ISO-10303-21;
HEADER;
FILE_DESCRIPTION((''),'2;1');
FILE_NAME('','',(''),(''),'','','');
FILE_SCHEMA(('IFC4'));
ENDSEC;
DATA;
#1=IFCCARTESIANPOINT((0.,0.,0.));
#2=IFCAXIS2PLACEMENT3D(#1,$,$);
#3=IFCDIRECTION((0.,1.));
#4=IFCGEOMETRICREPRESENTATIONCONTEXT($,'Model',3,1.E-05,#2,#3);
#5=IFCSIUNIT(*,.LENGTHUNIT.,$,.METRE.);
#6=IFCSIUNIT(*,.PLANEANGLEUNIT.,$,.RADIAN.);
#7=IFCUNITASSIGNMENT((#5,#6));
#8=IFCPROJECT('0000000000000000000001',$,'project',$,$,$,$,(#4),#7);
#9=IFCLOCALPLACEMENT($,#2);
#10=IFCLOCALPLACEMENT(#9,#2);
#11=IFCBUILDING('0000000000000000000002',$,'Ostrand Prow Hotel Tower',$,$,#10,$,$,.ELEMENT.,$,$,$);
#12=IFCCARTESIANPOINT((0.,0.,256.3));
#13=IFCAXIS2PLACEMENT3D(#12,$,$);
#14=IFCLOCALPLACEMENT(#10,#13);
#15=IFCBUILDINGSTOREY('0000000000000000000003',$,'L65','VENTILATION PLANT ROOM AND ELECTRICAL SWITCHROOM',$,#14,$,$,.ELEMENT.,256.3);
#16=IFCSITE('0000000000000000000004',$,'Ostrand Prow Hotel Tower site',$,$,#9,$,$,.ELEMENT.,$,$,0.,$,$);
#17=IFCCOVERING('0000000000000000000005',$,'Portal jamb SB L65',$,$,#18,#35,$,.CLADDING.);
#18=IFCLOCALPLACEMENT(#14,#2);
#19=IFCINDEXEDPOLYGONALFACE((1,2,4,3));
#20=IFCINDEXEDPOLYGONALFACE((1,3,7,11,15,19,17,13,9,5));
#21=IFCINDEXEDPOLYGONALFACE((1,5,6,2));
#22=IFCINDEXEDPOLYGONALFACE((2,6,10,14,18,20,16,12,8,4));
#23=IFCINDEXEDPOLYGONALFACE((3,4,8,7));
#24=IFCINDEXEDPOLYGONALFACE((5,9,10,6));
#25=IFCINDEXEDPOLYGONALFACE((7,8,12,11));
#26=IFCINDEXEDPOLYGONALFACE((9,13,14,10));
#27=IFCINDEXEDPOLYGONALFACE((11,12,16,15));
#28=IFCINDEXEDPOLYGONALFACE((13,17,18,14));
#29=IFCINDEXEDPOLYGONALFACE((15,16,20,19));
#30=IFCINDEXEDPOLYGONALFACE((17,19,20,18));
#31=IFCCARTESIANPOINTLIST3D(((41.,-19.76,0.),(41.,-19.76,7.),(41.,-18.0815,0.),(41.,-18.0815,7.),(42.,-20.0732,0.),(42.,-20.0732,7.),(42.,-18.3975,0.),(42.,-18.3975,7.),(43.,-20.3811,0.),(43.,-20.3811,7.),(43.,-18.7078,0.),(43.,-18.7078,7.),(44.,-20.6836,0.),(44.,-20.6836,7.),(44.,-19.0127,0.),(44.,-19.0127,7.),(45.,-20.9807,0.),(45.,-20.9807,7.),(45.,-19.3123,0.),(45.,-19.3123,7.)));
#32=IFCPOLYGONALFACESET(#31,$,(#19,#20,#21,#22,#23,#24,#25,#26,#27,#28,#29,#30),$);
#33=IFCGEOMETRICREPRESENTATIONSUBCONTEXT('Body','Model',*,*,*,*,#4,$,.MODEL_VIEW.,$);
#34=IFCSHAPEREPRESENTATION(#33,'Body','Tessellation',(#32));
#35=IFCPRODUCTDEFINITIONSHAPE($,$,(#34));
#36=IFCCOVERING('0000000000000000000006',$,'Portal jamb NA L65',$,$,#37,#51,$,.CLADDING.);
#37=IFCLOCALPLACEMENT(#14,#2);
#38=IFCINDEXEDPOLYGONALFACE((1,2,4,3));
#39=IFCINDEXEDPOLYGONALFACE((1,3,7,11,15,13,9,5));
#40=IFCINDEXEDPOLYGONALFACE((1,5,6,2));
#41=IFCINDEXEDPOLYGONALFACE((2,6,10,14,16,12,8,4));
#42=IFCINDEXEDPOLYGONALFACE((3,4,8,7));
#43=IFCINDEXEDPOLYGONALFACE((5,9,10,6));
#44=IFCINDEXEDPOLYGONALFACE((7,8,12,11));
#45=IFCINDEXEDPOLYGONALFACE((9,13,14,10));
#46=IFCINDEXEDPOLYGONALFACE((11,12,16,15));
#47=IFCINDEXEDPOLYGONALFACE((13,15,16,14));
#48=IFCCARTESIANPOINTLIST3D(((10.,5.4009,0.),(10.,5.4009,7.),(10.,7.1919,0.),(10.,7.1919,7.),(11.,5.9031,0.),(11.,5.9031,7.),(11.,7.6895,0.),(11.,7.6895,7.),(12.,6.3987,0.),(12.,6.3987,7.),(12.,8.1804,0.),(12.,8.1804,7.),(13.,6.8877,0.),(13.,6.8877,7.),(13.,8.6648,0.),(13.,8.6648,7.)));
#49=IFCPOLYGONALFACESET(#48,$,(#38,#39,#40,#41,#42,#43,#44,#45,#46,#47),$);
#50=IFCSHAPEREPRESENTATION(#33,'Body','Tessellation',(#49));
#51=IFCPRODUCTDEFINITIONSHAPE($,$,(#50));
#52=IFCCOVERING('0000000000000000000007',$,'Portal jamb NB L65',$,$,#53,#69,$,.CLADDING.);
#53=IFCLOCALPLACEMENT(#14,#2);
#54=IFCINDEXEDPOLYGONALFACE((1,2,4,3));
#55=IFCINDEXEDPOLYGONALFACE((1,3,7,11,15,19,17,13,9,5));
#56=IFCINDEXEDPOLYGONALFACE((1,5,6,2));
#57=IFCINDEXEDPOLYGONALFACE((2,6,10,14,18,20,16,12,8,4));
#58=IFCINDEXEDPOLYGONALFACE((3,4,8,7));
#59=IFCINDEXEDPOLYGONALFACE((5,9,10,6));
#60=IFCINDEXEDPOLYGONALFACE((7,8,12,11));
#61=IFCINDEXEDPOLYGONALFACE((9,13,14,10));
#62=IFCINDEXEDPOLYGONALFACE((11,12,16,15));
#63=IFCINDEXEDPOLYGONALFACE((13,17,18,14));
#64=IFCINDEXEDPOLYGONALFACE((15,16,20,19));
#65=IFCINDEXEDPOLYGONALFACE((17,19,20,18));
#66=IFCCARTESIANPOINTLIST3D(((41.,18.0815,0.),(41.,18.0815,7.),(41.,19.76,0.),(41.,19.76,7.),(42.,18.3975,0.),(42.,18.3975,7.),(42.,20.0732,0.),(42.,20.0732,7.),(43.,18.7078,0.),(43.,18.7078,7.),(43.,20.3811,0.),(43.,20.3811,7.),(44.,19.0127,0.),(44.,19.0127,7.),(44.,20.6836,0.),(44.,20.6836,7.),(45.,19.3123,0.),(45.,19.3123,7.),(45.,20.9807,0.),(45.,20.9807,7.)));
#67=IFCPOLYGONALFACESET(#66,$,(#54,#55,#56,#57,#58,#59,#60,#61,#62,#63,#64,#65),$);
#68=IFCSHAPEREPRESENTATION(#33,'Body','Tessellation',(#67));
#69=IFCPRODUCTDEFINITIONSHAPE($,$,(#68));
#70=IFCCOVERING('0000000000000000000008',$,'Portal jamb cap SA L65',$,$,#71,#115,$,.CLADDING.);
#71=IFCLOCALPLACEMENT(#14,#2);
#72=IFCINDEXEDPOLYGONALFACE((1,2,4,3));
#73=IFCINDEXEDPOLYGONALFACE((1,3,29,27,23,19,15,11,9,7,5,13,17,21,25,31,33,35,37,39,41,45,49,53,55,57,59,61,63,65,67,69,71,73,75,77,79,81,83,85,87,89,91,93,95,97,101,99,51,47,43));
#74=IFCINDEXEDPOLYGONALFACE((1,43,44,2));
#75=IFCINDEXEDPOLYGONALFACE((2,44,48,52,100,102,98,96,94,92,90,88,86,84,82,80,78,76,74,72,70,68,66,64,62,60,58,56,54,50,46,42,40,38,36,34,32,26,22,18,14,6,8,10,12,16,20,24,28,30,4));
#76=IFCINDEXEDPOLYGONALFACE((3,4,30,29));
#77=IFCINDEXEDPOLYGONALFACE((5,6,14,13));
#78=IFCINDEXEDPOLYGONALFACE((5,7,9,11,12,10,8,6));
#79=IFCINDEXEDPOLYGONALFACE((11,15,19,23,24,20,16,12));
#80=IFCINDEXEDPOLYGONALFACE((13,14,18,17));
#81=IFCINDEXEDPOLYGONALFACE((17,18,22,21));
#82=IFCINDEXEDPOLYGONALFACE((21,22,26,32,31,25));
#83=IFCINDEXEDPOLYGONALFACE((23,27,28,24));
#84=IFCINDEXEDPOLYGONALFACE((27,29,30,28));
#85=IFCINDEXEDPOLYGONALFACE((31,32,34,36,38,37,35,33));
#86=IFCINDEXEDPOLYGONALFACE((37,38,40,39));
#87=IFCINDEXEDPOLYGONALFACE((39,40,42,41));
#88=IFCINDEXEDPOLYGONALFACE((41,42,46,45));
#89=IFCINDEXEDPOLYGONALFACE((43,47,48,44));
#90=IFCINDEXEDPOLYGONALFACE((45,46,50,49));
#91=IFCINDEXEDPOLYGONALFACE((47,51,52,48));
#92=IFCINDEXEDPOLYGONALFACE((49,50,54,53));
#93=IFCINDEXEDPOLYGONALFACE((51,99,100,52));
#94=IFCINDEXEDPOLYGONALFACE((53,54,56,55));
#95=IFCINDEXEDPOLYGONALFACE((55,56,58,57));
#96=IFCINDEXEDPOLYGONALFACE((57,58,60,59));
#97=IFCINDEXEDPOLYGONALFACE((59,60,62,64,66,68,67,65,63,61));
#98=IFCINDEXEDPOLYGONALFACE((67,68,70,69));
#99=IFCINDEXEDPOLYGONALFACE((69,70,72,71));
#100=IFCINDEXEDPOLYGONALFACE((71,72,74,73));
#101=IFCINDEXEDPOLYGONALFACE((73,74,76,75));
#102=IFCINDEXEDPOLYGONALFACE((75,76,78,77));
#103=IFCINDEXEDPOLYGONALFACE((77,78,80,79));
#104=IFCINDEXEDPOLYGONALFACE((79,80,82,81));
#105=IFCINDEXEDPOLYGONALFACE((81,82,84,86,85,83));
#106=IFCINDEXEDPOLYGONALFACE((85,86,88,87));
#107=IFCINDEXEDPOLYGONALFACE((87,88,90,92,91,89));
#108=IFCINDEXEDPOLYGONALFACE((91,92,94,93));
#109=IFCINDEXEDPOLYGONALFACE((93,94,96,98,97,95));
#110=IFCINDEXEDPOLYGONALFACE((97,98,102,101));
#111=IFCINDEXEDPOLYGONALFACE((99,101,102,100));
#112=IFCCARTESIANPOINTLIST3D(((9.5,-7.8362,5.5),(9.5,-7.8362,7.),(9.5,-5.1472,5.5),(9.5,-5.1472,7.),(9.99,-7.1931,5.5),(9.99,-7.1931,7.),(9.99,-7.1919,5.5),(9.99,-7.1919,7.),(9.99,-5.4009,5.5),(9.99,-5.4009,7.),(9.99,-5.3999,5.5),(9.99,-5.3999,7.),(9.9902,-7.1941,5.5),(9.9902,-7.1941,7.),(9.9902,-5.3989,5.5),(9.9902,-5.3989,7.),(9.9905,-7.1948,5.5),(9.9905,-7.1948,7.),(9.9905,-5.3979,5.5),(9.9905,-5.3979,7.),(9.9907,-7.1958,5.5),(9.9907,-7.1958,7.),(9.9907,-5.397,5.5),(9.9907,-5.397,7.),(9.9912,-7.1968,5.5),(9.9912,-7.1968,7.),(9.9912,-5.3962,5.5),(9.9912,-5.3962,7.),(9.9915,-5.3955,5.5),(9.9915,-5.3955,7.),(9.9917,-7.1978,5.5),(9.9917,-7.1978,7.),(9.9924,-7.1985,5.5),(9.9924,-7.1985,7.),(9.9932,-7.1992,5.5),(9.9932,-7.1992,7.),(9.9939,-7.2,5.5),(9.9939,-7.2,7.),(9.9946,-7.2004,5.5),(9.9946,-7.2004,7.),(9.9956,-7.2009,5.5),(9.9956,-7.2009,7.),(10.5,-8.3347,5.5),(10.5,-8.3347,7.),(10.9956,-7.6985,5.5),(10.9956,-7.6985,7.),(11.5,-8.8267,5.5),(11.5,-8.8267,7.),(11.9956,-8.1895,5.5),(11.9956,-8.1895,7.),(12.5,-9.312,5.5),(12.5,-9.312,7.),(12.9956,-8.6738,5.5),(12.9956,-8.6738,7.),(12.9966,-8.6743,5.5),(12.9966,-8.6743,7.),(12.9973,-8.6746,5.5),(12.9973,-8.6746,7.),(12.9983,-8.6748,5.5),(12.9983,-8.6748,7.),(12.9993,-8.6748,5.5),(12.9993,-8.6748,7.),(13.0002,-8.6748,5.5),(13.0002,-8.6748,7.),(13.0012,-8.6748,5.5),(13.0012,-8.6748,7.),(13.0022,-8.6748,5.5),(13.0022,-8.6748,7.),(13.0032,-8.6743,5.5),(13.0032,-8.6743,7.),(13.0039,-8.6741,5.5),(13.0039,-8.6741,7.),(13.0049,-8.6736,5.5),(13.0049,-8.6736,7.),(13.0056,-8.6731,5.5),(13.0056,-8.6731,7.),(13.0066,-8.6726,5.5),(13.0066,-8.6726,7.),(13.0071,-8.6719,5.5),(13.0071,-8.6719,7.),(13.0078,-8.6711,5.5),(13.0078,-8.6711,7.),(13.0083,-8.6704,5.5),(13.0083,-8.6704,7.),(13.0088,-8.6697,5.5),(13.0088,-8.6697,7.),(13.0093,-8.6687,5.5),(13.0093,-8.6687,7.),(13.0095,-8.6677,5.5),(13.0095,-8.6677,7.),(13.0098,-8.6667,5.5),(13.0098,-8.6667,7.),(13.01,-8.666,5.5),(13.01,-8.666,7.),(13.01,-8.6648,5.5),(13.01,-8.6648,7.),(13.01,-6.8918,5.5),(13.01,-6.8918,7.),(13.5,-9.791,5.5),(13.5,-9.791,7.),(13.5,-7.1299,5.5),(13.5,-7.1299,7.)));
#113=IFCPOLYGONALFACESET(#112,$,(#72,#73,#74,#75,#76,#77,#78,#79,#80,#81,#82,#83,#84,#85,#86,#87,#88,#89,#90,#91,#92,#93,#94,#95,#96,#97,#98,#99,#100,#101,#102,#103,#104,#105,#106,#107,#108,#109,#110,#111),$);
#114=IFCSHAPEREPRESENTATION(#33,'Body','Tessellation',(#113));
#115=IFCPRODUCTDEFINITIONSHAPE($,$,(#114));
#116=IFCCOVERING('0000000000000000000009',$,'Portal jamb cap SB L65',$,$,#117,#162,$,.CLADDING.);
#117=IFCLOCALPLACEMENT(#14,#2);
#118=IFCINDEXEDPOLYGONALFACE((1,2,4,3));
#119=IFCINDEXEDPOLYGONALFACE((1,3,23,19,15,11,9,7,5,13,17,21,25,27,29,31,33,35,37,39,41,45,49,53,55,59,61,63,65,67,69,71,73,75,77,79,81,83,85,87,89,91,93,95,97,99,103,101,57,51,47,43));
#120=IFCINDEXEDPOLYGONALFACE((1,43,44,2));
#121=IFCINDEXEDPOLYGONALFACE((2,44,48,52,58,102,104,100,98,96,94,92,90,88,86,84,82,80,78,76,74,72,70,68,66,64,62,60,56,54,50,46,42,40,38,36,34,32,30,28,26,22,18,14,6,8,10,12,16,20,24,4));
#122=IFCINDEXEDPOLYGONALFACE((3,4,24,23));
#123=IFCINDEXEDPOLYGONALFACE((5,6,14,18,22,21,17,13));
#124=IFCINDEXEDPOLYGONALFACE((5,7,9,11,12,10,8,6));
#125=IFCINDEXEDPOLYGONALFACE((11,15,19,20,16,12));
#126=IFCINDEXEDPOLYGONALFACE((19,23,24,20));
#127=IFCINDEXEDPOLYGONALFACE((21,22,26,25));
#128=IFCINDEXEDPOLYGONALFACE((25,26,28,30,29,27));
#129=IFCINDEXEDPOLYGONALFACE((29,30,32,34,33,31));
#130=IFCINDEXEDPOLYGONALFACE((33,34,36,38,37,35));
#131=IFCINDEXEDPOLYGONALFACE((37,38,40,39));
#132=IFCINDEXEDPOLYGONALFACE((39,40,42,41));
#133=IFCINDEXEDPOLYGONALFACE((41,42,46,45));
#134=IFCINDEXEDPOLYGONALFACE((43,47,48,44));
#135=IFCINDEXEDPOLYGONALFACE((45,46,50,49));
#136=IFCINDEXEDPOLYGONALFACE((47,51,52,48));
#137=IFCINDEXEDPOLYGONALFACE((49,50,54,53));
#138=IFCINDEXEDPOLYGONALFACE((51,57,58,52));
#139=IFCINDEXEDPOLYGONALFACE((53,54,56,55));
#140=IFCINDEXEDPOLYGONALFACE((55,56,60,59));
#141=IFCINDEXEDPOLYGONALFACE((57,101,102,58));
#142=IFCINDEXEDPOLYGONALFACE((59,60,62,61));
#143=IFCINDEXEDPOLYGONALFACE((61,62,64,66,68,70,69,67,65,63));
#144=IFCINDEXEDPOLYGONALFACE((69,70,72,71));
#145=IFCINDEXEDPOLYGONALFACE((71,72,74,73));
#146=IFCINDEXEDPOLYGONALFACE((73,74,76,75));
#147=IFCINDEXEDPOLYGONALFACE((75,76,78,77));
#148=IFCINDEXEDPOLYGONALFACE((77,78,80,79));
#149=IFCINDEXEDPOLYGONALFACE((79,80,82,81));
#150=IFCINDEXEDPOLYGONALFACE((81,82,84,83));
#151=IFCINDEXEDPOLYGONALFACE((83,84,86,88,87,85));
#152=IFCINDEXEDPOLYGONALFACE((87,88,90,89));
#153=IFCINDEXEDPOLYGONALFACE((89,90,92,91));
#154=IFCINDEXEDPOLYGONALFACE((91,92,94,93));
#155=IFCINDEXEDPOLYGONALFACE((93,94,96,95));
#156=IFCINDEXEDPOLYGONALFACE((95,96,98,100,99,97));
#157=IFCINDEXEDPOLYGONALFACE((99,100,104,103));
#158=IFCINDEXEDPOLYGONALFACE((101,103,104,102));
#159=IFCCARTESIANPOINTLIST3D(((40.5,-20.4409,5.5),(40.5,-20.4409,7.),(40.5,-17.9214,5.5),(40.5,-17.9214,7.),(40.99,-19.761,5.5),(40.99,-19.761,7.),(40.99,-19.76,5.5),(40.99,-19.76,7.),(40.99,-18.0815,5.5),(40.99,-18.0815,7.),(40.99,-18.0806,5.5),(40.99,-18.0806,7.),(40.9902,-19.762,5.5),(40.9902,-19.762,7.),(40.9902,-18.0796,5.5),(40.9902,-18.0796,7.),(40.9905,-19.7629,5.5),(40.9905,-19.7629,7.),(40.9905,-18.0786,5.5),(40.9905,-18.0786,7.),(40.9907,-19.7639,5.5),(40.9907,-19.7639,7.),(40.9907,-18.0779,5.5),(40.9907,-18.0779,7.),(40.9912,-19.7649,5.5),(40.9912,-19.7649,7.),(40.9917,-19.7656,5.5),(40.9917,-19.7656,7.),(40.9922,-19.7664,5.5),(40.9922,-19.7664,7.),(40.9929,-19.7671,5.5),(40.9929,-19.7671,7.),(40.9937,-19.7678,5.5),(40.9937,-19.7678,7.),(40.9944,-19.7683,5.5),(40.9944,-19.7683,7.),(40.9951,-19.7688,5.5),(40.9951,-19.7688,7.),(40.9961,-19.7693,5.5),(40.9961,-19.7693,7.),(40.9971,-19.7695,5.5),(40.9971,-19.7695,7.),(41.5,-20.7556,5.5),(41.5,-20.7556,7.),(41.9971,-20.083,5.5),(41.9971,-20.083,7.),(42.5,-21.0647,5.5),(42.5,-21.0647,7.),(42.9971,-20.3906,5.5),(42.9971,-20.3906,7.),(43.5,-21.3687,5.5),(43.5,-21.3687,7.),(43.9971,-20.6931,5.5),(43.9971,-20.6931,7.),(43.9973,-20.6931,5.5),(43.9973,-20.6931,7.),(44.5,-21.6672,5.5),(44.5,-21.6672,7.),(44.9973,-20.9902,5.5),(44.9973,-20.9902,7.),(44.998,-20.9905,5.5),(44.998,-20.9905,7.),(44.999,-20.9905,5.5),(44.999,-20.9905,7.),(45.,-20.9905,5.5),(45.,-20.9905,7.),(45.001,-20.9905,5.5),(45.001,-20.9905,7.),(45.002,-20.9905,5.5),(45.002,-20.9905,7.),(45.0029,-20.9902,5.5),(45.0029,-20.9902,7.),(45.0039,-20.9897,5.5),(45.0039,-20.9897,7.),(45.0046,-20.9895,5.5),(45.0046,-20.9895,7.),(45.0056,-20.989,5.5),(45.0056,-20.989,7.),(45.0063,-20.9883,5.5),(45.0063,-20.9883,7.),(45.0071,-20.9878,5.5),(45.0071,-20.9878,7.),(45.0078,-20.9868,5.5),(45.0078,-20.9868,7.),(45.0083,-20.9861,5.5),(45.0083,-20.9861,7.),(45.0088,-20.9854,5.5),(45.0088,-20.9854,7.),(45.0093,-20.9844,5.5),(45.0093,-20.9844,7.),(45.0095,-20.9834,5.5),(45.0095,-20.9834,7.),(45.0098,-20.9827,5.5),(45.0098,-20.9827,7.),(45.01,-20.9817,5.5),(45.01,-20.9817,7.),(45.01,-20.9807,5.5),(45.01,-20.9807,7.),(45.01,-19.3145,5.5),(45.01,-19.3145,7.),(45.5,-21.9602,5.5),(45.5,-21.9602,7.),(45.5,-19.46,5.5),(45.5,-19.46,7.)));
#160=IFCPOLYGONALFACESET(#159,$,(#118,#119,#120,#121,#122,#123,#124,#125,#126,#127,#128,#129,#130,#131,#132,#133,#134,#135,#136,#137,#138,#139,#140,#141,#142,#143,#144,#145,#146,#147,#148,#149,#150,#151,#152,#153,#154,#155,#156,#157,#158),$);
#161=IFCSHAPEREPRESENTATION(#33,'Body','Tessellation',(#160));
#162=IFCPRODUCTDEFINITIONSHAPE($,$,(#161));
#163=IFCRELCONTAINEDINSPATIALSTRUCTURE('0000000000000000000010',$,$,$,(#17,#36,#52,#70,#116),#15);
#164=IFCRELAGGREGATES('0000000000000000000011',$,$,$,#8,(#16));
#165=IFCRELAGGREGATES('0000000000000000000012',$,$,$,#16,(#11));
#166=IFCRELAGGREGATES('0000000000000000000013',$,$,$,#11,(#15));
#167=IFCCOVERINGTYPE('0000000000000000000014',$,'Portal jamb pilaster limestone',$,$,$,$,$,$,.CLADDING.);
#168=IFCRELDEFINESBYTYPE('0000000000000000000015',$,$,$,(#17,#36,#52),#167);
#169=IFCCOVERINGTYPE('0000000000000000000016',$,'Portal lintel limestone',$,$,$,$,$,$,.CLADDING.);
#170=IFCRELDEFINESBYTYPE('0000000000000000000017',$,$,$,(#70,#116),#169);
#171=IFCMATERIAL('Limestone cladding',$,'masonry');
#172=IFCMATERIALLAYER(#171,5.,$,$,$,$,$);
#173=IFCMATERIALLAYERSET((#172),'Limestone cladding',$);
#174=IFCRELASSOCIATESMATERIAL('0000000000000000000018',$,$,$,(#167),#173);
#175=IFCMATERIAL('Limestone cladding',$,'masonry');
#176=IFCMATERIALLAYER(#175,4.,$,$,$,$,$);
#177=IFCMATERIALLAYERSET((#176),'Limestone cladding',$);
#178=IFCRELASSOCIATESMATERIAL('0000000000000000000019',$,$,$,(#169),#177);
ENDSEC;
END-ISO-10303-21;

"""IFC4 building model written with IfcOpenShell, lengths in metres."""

from ifc_helpers import new_model, si_unit, direction, frame, origin, place, context, subcontext, project, spatial, polyline, outline, extrude, material, layer, layer_set, type_object, element, save


model = new_model("IFC4")

# Units and contexts
model_context = context("Model", 3, precision=1e-05, world=origin(), true_north=direction((0.0, 1.0)))
body_context = subcontext(model_context, "Body", "Model", "MODEL_VIEW")
ifc_project = project(units=[si_unit("LENGTHUNIT", "METRE"), si_unit("PLANEANGLEUNIT", "RADIAN")], contexts=[model_context])

# Site, building, storey
site_placement = place(None, origin())
site = spatial("IfcSite", under=ifc_project, at=site_placement, Name="Ostrand Prow Hotel Tower site", CompositionType="ELEMENT", RefElevation=0.0)
building_placement = place(site_placement, origin())
building = spatial("IfcBuilding", under=site, at=building_placement, Name="Ostrand Prow Hotel Tower", CompositionType="ELEMENT")
storey_placement = place(building_placement, frame((0.0, 0.0, 256.3)))
storey = spatial("IfcBuildingStorey", under=building, at=storey_placement, Name="L65", Description="VENTILATION PLANT ROOM AND ELECTRICAL SWITCHROOM", CompositionType="ELEMENT", Elevation=256.3)

# Coverings
ifc_material_1 = material(Name="Limestone cladding", Category="masonry")
ifc_layer_1 = layer(ifc_material_1, 5.0)
ifc_layer_set_1 = layer_set([ifc_layer_1], Name="Limestone cladding")
covering_type_1 = type_object("IfcCoveringType", Name="Portal jamb pilaster limestone", PredefinedType="CLADDING", material=ifc_layer_set_1)
covering_1_placement = place(storey_placement, origin())
element("IfcCovering", 1, at=covering_1_placement, inside=storey, type_object=covering_type_1, Name="Portal jamb SB L65", PredefinedType="CLADDING", context=body_context, shape_type="SweptSolid", body=[
    extrude(outline(polyline([(41.0, -18.0815), (41.0, -19.76), (42.0, -20.0732), (43.0, -20.3811), (44.0, -20.6836), (45.0, -20.9807), (45.0, -19.3123), (44.0, -19.0127), (43.0, -18.7078), (42.0, -18.3975), (41.0, -18.0815)])), origin(), (0.0, 0.0, 1.0), 7.0),
])
covering_2_placement = place(storey_placement, origin())
element("IfcCovering", 2, at=covering_2_placement, inside=storey, type_object=covering_type_1, Name="Portal jamb NA L65", PredefinedType="CLADDING", context=body_context, shape_type="SweptSolid", body=[
    extrude(outline(polyline([(10.0, 5.4009), (11.0, 5.9031), (12.0, 6.3987), (13.0, 6.8877), (13.0, 8.6648), (12.0, 8.1804), (11.0, 7.6895), (10.0, 7.1919), (10.0, 5.4009)])), origin(), (0.0, 0.0, 1.0), 7.0),
])
covering_3_placement = place(storey_placement, origin())
element("IfcCovering", 3, at=covering_3_placement, inside=storey, type_object=covering_type_1, Name="Portal jamb NB L65", PredefinedType="CLADDING", context=body_context, shape_type="SweptSolid", body=[
    extrude(outline(polyline([(41.0, 18.0815), (42.0, 18.3975), (43.0, 18.7078), (44.0, 19.0127), (45.0, 19.3123), (45.0, 20.9807), (44.0, 20.6836), (43.0, 20.3811), (42.0, 20.0732), (41.0, 19.76), (41.0, 18.0815)])), origin(), (0.0, 0.0, 1.0), 7.0),
])
ifc_material_2 = material(Name="Limestone cladding", Category="masonry")
ifc_layer_2 = layer(ifc_material_2, 4.0)
ifc_layer_set_2 = layer_set([ifc_layer_2], Name="Limestone cladding")
covering_type_2 = type_object("IfcCoveringType", Name="Portal lintel limestone", PredefinedType="CLADDING", material=ifc_layer_set_2)
covering_4_placement = place(storey_placement, frame((0.0, 0.0, 5.5)))
element("IfcCovering", 4, at=covering_4_placement, inside=storey, type_object=covering_type_2, Name="Portal jamb cap SA L65", PredefinedType="CLADDING", context=body_context, shape_type="SweptSolid", body=[
    extrude(outline(polyline([(9.9915, -5.3955), (9.5, -5.1472), (9.5, -7.8362), (10.5, -8.3347), (11.5, -8.8267), (12.5, -9.312), (13.5, -9.791), (13.5, -7.1299), (13.01, -6.8918), (13.01, -8.6648), (13.01, -8.666), (13.0098, -8.6667), (13.0095, -8.6677), (13.0093, -8.6687), (13.0088, -8.6697), (13.0083, -8.6704), (13.0078, -8.6711), (13.0071, -8.6719), (13.0066, -8.6726), (13.0056, -8.6731), (13.0049, -8.6736), (13.0039, -8.6741), (13.0032, -8.6743), (13.0022, -8.6748), (13.0012, -8.6748), (13.0002, -8.6748), (12.9993, -8.6748), (12.9983, -8.6748), (12.9973, -8.6746), (12.9966, -8.6743), (12.9956, -8.6738), (11.9956, -8.1895), (11.9956, -8.1895), (10.9956, -7.6985), (10.9956, -7.6985), (9.9956, -7.2009), (9.9946, -7.2004), (9.9939, -7.2), (9.9932, -7.1992), (9.9924, -7.1985), (9.9917, -7.1978), (9.9912, -7.1968), (9.9907, -7.1958), (9.9905, -7.1948), (9.9902, -7.1941), (9.99, -7.1931), (9.99, -7.1919), (9.99, -5.4009), (9.99, -5.3999), (9.9902, -5.3989), (9.9905, -5.3979), (9.9907, -5.397), (9.9912, -5.3962), (9.9915, -5.3955)])), origin(), (0.0, 0.0, 1.0), 1.5),
])
covering_5_placement = place(storey_placement, frame((0.0, 0.0, 5.5)))
element("IfcCovering", 5, at=covering_5_placement, inside=storey, type_object=covering_type_2, Name="Portal jamb cap SB L65", PredefinedType="CLADDING", context=body_context, shape_type="SweptSolid", body=[
    extrude(outline(polyline([(40.9907, -18.0779), (40.5, -17.9214), (40.5, -20.4409), (41.5, -20.7556), (42.5, -21.0647), (43.5, -21.3687), (44.5, -21.6672), (45.5, -21.9602), (45.5, -19.46), (45.01, -19.3145), (45.01, -20.9807), (45.01, -20.9817), (45.0098, -20.9827), (45.0095, -20.9834), (45.0093, -20.9844), (45.0088, -20.9854), (45.0083, -20.9861), (45.0078, -20.9868), (45.0071, -20.9878), (45.0063, -20.9883), (45.0056, -20.989), (45.0046, -20.9895), (45.0039, -20.9897), (45.0029, -20.9902), (45.002, -20.9905), (45.001, -20.9905), (45.0, -20.9905), (44.999, -20.9905), (44.998, -20.9905), (44.9973, -20.9902), (43.9973, -20.6931), (43.9971, -20.6931), (42.9971, -20.3906), (42.9971, -20.3906), (41.9971, -20.083), (41.9971, -20.083), (40.9971, -19.7695), (40.9961, -19.7693), (40.9951, -19.7688), (40.9944, -19.7683), (40.9937, -19.7678), (40.9929, -19.7671), (40.9922, -19.7664), (40.9917, -19.7656), (40.9912, -19.7649), (40.9907, -19.7639), (40.9905, -19.7629), (40.9902, -19.762), (40.99, -19.761), (40.99, -19.76), (40.99, -18.0815), (40.99, -18.0806), (40.9902, -18.0796), (40.9905, -18.0786), (40.9907, -18.0779)])), origin(), (0.0, 0.0, 1.0), 1.5),
])

save(model, "model.ifc")
